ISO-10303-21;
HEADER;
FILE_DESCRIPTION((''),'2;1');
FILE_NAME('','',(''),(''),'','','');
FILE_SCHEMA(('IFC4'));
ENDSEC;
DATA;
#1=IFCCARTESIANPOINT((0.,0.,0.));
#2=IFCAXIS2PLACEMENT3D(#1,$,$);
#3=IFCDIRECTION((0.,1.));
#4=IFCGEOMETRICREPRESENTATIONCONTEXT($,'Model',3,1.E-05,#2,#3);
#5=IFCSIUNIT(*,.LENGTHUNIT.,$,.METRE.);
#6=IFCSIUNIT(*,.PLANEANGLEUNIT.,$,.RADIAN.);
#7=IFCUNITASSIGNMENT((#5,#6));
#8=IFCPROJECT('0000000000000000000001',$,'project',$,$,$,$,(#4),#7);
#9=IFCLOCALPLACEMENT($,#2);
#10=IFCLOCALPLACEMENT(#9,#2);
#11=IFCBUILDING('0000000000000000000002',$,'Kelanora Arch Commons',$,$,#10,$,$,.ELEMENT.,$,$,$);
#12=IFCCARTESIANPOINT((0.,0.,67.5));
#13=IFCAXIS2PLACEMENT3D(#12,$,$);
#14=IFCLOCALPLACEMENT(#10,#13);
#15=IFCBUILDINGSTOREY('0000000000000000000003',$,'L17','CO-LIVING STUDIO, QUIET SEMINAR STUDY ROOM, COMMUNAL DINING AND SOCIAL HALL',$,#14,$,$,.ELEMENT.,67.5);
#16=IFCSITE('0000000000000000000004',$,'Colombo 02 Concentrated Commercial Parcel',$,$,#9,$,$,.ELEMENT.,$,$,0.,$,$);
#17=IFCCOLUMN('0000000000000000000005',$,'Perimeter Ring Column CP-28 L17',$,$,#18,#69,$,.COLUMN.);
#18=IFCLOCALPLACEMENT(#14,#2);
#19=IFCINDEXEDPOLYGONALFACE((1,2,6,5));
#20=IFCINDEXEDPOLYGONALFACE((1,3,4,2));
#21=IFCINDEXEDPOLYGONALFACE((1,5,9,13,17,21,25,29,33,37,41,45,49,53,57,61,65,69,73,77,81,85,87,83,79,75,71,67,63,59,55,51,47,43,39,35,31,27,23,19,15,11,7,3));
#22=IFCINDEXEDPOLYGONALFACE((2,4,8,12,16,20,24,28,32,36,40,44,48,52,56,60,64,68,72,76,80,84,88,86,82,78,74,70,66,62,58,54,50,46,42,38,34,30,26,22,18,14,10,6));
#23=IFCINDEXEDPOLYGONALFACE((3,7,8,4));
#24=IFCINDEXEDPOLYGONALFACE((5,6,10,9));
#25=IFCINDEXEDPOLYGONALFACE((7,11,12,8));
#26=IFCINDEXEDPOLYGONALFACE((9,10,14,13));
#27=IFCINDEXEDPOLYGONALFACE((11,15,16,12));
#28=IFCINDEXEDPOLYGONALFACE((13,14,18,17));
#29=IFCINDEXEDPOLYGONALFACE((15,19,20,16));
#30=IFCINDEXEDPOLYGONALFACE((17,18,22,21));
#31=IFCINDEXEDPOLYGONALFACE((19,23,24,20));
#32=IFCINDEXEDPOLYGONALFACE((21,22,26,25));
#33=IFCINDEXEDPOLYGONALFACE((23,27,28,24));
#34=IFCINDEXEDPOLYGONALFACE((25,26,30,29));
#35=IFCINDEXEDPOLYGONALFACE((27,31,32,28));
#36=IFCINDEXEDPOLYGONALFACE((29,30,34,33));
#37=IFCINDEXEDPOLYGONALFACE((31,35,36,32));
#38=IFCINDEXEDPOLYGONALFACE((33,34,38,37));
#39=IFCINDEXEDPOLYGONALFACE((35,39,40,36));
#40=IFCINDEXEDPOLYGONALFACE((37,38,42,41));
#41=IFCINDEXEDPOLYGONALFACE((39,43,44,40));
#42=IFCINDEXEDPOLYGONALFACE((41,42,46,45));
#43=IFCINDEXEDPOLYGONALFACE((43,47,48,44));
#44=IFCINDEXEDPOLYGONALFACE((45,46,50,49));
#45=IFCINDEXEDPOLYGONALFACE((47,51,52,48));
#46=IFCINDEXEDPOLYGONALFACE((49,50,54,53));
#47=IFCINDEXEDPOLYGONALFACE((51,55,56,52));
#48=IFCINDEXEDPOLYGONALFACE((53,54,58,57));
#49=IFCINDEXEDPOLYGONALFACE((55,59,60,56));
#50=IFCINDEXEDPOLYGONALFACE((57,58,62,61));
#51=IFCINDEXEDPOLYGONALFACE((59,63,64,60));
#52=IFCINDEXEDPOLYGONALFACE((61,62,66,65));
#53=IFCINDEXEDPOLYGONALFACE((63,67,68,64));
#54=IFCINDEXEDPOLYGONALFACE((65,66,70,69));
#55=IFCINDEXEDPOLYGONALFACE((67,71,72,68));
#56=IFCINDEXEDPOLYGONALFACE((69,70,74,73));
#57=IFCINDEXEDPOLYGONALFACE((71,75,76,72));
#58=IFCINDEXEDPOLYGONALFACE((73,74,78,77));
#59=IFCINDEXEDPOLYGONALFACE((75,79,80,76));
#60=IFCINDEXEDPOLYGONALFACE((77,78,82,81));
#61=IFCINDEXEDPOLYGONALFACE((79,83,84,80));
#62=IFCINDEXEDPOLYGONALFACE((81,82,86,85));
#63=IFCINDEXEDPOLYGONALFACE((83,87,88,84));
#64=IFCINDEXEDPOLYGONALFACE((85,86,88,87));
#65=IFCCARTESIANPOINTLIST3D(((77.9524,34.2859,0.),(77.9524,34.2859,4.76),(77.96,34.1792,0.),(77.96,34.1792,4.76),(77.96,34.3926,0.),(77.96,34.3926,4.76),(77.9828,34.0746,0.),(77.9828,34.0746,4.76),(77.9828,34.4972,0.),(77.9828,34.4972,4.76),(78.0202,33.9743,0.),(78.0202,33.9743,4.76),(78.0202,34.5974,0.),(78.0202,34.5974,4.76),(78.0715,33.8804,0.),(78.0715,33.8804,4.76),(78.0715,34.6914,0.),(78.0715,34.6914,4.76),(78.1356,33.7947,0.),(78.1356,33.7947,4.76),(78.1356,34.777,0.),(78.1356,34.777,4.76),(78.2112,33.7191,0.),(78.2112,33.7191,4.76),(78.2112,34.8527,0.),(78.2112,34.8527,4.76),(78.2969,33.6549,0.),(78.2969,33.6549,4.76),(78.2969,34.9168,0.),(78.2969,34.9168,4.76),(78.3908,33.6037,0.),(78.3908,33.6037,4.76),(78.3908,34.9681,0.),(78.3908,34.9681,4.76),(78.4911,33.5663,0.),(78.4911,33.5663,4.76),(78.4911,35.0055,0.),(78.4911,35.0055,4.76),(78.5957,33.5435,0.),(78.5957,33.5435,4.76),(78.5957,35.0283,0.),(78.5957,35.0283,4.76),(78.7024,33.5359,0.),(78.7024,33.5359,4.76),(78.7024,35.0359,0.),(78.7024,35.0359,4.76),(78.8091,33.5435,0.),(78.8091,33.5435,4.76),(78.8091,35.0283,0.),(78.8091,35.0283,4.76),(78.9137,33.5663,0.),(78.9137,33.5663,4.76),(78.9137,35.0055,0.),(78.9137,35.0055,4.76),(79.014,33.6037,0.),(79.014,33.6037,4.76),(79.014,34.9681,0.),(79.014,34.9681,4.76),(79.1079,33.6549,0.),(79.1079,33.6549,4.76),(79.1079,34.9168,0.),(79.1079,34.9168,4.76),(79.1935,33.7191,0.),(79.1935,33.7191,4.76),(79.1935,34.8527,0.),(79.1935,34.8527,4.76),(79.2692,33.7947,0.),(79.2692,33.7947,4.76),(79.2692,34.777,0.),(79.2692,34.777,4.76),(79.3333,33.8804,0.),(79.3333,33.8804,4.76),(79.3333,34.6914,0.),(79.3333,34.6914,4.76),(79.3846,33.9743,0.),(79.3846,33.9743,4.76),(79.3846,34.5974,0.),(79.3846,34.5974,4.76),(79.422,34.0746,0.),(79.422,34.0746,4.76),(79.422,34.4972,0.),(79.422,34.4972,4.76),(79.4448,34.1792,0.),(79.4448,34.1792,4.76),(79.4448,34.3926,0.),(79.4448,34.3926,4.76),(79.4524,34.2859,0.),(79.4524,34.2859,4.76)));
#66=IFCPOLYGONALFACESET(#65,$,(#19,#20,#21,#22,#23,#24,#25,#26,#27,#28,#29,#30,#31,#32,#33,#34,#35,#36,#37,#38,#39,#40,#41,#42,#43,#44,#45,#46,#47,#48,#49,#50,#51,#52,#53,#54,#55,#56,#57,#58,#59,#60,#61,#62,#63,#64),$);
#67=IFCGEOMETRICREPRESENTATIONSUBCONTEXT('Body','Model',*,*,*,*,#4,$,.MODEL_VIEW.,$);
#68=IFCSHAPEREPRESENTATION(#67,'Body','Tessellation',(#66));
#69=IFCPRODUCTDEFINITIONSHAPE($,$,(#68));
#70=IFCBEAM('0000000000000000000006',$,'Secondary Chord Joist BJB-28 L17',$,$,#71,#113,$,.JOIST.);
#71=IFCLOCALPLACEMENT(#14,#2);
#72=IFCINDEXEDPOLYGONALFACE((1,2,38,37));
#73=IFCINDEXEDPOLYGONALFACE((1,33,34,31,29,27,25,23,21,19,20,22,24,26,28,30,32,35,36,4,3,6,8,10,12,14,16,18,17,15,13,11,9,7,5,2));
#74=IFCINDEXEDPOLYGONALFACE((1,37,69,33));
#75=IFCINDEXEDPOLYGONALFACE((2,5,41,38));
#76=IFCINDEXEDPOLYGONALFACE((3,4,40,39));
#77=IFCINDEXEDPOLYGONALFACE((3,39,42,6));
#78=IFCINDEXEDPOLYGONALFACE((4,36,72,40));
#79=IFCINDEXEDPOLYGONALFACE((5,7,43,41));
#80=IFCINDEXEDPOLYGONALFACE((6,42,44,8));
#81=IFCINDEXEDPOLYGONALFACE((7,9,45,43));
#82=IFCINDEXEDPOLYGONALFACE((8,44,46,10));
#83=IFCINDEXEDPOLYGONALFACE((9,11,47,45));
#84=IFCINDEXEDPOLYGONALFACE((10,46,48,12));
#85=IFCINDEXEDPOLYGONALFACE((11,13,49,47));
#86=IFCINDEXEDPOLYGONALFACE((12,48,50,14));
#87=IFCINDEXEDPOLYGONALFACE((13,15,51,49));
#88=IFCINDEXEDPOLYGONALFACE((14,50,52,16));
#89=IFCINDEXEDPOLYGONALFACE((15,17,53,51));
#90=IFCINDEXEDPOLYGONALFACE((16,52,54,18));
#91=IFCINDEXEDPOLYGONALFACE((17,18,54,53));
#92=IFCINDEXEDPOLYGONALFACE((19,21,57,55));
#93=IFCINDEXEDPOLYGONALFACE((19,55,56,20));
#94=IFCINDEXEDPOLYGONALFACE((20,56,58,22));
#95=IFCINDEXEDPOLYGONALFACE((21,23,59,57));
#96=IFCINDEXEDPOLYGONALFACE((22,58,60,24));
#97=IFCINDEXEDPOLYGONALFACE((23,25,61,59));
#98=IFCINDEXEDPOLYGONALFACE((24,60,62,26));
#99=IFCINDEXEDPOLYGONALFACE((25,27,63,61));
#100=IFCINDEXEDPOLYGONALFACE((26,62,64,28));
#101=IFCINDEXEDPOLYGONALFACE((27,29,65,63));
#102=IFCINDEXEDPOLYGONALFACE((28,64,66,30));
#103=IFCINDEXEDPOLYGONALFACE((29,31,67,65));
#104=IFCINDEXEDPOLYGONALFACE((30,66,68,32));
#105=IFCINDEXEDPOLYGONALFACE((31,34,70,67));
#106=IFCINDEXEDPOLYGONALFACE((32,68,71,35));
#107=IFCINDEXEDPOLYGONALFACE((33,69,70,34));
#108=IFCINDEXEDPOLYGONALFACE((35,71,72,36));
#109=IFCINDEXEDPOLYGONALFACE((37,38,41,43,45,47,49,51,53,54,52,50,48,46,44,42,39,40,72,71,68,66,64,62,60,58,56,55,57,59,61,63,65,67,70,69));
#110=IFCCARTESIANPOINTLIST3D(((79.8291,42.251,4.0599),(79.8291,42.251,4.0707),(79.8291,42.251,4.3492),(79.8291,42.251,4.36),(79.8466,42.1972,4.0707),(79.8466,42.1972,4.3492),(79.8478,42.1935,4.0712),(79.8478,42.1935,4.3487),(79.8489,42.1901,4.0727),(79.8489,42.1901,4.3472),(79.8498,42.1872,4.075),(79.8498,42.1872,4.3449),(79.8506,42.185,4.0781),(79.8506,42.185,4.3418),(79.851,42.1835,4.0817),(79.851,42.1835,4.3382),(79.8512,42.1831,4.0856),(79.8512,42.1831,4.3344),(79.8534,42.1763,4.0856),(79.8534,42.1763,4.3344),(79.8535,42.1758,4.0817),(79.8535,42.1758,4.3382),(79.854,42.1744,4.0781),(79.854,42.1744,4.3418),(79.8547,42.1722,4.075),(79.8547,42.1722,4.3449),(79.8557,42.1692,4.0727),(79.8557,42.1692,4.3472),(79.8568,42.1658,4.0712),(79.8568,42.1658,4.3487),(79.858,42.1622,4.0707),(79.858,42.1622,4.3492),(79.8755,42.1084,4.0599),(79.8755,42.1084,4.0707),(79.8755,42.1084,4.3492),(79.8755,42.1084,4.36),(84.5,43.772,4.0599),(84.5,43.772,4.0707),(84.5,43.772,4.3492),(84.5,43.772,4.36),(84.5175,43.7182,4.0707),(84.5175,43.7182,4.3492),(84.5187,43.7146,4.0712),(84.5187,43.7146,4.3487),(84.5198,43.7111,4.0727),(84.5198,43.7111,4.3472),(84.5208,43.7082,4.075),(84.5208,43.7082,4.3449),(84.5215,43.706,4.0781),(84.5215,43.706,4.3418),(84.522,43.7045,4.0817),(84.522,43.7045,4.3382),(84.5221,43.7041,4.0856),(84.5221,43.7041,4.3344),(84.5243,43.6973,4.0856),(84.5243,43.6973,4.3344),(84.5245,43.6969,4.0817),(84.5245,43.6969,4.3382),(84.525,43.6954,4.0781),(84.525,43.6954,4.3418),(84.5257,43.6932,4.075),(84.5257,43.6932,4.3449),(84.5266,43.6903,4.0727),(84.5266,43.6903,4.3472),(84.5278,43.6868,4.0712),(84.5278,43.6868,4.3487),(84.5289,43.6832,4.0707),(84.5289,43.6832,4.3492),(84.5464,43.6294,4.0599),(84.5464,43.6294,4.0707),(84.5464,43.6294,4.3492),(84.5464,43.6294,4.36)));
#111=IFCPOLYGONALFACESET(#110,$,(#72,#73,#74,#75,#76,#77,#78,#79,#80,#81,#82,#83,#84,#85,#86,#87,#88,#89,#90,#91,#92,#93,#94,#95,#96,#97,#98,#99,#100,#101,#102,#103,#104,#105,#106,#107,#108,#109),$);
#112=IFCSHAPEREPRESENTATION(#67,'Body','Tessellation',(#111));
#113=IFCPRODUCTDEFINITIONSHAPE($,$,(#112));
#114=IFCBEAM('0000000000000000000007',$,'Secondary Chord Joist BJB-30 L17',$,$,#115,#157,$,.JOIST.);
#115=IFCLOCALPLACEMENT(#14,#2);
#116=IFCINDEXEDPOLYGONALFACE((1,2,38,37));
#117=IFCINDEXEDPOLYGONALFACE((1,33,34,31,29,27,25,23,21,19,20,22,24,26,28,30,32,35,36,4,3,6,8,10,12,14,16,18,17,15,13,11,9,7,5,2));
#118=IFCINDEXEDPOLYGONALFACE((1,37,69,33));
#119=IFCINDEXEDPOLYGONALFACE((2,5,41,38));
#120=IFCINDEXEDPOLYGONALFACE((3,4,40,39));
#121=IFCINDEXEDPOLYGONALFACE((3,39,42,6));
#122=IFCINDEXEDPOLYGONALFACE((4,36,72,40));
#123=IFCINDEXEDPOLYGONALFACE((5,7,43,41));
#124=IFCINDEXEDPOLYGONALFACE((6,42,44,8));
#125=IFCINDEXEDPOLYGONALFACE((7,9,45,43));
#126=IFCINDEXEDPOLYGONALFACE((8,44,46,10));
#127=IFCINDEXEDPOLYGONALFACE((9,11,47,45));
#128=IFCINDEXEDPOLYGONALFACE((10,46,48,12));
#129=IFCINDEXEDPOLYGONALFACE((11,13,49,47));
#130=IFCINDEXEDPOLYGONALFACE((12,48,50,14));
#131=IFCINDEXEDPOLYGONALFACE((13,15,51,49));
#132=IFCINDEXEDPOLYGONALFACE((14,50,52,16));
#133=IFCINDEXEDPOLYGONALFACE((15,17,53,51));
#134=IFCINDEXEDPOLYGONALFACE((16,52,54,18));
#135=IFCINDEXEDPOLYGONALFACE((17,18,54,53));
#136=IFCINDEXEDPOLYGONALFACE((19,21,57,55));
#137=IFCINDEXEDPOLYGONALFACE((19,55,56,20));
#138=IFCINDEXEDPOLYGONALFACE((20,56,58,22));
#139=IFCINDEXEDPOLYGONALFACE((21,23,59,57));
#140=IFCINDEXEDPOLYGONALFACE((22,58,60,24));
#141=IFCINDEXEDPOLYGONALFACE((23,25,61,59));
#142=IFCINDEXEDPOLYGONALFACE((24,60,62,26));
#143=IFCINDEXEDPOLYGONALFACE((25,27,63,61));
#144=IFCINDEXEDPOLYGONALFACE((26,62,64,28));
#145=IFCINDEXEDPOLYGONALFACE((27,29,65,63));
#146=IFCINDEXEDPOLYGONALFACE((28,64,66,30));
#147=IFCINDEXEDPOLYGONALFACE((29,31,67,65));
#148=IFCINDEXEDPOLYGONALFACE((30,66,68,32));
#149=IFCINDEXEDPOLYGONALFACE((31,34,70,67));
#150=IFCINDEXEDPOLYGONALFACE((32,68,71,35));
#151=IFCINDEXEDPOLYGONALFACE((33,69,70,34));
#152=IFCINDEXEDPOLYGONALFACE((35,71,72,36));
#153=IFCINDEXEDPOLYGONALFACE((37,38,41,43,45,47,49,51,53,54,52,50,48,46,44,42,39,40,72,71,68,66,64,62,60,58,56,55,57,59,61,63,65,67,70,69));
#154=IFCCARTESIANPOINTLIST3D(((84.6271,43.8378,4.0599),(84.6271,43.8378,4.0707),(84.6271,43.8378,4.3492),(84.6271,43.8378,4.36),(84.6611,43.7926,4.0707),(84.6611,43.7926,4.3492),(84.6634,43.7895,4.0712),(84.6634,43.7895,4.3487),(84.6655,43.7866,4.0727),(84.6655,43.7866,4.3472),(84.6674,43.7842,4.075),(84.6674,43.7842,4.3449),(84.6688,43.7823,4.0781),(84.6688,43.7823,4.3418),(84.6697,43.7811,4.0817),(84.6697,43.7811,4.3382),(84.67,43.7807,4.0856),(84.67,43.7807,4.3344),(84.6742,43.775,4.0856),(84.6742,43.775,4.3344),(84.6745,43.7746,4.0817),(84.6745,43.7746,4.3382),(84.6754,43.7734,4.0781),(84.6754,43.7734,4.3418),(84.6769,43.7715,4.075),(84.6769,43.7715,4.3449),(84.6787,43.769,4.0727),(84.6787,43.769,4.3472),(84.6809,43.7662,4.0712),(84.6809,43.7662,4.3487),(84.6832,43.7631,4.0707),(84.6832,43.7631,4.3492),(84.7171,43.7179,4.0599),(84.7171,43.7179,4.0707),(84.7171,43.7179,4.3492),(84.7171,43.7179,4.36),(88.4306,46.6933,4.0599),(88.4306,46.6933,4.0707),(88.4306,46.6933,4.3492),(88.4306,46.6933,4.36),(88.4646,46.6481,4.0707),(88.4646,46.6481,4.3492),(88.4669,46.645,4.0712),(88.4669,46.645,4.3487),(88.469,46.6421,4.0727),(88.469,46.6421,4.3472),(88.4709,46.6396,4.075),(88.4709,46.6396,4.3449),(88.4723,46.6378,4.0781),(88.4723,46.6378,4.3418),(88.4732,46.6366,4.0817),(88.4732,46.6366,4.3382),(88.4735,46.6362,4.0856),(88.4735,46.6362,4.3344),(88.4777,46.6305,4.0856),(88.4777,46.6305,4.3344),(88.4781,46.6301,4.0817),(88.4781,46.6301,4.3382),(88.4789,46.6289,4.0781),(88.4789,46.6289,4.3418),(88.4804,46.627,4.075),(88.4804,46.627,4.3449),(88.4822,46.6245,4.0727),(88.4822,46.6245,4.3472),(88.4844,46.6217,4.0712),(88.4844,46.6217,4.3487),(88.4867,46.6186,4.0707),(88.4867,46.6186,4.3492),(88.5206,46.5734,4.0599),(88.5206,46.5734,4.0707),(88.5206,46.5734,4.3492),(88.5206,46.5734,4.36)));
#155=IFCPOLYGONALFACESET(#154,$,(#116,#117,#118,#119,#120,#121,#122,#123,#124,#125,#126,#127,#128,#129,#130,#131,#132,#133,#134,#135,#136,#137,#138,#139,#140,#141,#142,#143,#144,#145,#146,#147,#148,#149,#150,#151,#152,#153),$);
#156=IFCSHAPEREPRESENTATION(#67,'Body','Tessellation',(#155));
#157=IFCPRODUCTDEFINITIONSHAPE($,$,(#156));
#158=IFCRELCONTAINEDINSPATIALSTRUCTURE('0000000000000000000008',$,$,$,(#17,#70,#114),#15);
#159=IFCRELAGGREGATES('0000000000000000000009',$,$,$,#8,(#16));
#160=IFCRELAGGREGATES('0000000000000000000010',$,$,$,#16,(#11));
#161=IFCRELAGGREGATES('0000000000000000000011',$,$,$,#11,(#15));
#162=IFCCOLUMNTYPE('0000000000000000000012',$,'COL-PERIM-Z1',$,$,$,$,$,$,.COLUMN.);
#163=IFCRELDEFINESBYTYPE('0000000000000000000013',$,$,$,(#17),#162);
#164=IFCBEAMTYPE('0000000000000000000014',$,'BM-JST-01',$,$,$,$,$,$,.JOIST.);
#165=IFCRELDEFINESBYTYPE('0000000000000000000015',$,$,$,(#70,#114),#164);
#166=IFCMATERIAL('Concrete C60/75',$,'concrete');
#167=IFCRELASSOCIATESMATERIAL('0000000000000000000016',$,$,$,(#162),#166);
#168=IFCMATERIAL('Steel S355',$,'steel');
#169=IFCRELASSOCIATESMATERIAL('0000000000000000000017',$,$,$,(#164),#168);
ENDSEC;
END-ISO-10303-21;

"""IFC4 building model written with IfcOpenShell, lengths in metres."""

from ifc_helpers import new_model, si_unit, direction, frame, origin, origin_2d, place, context, subcontext, project, spatial, circle, i_section, extrude, material, material_profile, profile_set, type_object, element, save


model = new_model("IFC4")

# Units and contexts
model_context = context("Model", 3, precision=1e-05, world=origin(), true_north=direction((0.0, 1.0)))
body_context = subcontext(model_context, "Body", "Model", "MODEL_VIEW")
ifc_project = project(units=[si_unit("LENGTHUNIT", "METRE"), si_unit("PLANEANGLEUNIT", "RADIAN")], contexts=[model_context])

# Site, building, storey
site_placement = place(None, origin())
site = spatial("IfcSite", under=ifc_project, at=site_placement, Name="Colombo 02 Concentrated Commercial Parcel", CompositionType="ELEMENT", RefElevation=0.0)
building_placement = place(site_placement, origin())
building = spatial("IfcBuilding", under=site, at=building_placement, Name="Kelanora Arch Commons", CompositionType="ELEMENT")
storey_placement = place(building_placement, frame((0.0, 0.0, 67.5)))
storey = spatial("IfcBuildingStorey", under=building, at=storey_placement, Name="L17", Description="CO-LIVING STUDIO, QUIET SEMINAR STUDY ROOM, COMMUNAL DINING AND SOCIAL HALL", CompositionType="ELEMENT", Elevation=67.5)

# Column
ifc_material_1 = material(Name="Concrete C60/75", Category="concrete")
ifc_material_profile_1 = material_profile(ifc_material_1, circle(Radius=0.75, at=origin_2d()), Name="RCC1500")
ifc_profile_set_1 = profile_set([ifc_material_profile_1], Name="Concrete C60/75")
column_type = type_object("IfcColumnType", Name="COL-PERIM-Z1", PredefinedType="COLUMN", material=ifc_profile_set_1)
column_placement = place(storey_placement, frame((78.7024, 34.2859, 0.0), z_axis=(0.0, 0.0, 1.0), x_axis=(1.0, 0.0, 0.0)))
element("IfcColumn", 1, at=column_placement, inside=storey, type_object=column_type, Name="Perimeter Ring Column CP-28 L17", PredefinedType="COLUMN", context=body_context, shape_type="SweptSolid", body=[
    extrude(circle(Radius=0.75, at=origin_2d()), origin(), (0.0, 0.0, 1.0), 4.76),
])

# Beams
ifc_material_2 = material(Name="Steel S355", Category="steel")
ifc_material_profile_2 = material_profile(ifc_material_2, i_section(OverallWidth=0.1499, OverallDepth=0.3, WebThickness=0.0071, FlangeThickness=0.0107, FilletRadius=0.0149, at=origin_2d()), Name="IPE300")
ifc_profile_set_2 = profile_set([ifc_material_profile_2], Name="Steel S355")
beam_type_1 = type_object("IfcBeamType", Name="BM-JST-01", PredefinedType="JOIST", material=ifc_profile_set_2)
beam_1_placement = place(storey_placement, frame((79.8523, 42.1797, 4.21), z_axis=(0.950857, 0.30963, 0.0), x_axis=(-0.30963, 0.950857, 0.0)))
element("IfcBeam", 2, at=beam_1_placement, inside=storey, type_object=beam_type_1, Name="Secondary Chord Joist BJB-28 L17", PredefinedType="JOIST", context=body_context, shape_type="SweptSolid", body=[
    extrude(i_section(OverallWidth=0.1499, OverallDepth=0.3, WebThickness=0.0071, FlangeThickness=0.0107, FilletRadius=0.0149, at=origin_2d()), origin(), (0.0, 0.0, 1.0), 4.9124),
])
beam_2_placement = place(storey_placement, frame((84.6721, 43.7778, 4.21), z_axis=(0.79971, 0.600386, 0.0), x_axis=(-0.600386, 0.79971, 0.0)))
element("IfcBeam", 3, at=beam_2_placement, inside=storey, type_object=beam_type_1, Name="Secondary Chord Joist BJB-30 L17", PredefinedType="JOIST", context=body_context, shape_type="SweptSolid", body=[
    extrude(i_section(OverallWidth=0.1499, OverallDepth=0.3, WebThickness=0.0071, FlangeThickness=0.0107, FilletRadius=0.0149, at=origin_2d()), origin(), (0.0, 0.0, 1.0), 4.7561),
])

save(model, "model.ifc")
